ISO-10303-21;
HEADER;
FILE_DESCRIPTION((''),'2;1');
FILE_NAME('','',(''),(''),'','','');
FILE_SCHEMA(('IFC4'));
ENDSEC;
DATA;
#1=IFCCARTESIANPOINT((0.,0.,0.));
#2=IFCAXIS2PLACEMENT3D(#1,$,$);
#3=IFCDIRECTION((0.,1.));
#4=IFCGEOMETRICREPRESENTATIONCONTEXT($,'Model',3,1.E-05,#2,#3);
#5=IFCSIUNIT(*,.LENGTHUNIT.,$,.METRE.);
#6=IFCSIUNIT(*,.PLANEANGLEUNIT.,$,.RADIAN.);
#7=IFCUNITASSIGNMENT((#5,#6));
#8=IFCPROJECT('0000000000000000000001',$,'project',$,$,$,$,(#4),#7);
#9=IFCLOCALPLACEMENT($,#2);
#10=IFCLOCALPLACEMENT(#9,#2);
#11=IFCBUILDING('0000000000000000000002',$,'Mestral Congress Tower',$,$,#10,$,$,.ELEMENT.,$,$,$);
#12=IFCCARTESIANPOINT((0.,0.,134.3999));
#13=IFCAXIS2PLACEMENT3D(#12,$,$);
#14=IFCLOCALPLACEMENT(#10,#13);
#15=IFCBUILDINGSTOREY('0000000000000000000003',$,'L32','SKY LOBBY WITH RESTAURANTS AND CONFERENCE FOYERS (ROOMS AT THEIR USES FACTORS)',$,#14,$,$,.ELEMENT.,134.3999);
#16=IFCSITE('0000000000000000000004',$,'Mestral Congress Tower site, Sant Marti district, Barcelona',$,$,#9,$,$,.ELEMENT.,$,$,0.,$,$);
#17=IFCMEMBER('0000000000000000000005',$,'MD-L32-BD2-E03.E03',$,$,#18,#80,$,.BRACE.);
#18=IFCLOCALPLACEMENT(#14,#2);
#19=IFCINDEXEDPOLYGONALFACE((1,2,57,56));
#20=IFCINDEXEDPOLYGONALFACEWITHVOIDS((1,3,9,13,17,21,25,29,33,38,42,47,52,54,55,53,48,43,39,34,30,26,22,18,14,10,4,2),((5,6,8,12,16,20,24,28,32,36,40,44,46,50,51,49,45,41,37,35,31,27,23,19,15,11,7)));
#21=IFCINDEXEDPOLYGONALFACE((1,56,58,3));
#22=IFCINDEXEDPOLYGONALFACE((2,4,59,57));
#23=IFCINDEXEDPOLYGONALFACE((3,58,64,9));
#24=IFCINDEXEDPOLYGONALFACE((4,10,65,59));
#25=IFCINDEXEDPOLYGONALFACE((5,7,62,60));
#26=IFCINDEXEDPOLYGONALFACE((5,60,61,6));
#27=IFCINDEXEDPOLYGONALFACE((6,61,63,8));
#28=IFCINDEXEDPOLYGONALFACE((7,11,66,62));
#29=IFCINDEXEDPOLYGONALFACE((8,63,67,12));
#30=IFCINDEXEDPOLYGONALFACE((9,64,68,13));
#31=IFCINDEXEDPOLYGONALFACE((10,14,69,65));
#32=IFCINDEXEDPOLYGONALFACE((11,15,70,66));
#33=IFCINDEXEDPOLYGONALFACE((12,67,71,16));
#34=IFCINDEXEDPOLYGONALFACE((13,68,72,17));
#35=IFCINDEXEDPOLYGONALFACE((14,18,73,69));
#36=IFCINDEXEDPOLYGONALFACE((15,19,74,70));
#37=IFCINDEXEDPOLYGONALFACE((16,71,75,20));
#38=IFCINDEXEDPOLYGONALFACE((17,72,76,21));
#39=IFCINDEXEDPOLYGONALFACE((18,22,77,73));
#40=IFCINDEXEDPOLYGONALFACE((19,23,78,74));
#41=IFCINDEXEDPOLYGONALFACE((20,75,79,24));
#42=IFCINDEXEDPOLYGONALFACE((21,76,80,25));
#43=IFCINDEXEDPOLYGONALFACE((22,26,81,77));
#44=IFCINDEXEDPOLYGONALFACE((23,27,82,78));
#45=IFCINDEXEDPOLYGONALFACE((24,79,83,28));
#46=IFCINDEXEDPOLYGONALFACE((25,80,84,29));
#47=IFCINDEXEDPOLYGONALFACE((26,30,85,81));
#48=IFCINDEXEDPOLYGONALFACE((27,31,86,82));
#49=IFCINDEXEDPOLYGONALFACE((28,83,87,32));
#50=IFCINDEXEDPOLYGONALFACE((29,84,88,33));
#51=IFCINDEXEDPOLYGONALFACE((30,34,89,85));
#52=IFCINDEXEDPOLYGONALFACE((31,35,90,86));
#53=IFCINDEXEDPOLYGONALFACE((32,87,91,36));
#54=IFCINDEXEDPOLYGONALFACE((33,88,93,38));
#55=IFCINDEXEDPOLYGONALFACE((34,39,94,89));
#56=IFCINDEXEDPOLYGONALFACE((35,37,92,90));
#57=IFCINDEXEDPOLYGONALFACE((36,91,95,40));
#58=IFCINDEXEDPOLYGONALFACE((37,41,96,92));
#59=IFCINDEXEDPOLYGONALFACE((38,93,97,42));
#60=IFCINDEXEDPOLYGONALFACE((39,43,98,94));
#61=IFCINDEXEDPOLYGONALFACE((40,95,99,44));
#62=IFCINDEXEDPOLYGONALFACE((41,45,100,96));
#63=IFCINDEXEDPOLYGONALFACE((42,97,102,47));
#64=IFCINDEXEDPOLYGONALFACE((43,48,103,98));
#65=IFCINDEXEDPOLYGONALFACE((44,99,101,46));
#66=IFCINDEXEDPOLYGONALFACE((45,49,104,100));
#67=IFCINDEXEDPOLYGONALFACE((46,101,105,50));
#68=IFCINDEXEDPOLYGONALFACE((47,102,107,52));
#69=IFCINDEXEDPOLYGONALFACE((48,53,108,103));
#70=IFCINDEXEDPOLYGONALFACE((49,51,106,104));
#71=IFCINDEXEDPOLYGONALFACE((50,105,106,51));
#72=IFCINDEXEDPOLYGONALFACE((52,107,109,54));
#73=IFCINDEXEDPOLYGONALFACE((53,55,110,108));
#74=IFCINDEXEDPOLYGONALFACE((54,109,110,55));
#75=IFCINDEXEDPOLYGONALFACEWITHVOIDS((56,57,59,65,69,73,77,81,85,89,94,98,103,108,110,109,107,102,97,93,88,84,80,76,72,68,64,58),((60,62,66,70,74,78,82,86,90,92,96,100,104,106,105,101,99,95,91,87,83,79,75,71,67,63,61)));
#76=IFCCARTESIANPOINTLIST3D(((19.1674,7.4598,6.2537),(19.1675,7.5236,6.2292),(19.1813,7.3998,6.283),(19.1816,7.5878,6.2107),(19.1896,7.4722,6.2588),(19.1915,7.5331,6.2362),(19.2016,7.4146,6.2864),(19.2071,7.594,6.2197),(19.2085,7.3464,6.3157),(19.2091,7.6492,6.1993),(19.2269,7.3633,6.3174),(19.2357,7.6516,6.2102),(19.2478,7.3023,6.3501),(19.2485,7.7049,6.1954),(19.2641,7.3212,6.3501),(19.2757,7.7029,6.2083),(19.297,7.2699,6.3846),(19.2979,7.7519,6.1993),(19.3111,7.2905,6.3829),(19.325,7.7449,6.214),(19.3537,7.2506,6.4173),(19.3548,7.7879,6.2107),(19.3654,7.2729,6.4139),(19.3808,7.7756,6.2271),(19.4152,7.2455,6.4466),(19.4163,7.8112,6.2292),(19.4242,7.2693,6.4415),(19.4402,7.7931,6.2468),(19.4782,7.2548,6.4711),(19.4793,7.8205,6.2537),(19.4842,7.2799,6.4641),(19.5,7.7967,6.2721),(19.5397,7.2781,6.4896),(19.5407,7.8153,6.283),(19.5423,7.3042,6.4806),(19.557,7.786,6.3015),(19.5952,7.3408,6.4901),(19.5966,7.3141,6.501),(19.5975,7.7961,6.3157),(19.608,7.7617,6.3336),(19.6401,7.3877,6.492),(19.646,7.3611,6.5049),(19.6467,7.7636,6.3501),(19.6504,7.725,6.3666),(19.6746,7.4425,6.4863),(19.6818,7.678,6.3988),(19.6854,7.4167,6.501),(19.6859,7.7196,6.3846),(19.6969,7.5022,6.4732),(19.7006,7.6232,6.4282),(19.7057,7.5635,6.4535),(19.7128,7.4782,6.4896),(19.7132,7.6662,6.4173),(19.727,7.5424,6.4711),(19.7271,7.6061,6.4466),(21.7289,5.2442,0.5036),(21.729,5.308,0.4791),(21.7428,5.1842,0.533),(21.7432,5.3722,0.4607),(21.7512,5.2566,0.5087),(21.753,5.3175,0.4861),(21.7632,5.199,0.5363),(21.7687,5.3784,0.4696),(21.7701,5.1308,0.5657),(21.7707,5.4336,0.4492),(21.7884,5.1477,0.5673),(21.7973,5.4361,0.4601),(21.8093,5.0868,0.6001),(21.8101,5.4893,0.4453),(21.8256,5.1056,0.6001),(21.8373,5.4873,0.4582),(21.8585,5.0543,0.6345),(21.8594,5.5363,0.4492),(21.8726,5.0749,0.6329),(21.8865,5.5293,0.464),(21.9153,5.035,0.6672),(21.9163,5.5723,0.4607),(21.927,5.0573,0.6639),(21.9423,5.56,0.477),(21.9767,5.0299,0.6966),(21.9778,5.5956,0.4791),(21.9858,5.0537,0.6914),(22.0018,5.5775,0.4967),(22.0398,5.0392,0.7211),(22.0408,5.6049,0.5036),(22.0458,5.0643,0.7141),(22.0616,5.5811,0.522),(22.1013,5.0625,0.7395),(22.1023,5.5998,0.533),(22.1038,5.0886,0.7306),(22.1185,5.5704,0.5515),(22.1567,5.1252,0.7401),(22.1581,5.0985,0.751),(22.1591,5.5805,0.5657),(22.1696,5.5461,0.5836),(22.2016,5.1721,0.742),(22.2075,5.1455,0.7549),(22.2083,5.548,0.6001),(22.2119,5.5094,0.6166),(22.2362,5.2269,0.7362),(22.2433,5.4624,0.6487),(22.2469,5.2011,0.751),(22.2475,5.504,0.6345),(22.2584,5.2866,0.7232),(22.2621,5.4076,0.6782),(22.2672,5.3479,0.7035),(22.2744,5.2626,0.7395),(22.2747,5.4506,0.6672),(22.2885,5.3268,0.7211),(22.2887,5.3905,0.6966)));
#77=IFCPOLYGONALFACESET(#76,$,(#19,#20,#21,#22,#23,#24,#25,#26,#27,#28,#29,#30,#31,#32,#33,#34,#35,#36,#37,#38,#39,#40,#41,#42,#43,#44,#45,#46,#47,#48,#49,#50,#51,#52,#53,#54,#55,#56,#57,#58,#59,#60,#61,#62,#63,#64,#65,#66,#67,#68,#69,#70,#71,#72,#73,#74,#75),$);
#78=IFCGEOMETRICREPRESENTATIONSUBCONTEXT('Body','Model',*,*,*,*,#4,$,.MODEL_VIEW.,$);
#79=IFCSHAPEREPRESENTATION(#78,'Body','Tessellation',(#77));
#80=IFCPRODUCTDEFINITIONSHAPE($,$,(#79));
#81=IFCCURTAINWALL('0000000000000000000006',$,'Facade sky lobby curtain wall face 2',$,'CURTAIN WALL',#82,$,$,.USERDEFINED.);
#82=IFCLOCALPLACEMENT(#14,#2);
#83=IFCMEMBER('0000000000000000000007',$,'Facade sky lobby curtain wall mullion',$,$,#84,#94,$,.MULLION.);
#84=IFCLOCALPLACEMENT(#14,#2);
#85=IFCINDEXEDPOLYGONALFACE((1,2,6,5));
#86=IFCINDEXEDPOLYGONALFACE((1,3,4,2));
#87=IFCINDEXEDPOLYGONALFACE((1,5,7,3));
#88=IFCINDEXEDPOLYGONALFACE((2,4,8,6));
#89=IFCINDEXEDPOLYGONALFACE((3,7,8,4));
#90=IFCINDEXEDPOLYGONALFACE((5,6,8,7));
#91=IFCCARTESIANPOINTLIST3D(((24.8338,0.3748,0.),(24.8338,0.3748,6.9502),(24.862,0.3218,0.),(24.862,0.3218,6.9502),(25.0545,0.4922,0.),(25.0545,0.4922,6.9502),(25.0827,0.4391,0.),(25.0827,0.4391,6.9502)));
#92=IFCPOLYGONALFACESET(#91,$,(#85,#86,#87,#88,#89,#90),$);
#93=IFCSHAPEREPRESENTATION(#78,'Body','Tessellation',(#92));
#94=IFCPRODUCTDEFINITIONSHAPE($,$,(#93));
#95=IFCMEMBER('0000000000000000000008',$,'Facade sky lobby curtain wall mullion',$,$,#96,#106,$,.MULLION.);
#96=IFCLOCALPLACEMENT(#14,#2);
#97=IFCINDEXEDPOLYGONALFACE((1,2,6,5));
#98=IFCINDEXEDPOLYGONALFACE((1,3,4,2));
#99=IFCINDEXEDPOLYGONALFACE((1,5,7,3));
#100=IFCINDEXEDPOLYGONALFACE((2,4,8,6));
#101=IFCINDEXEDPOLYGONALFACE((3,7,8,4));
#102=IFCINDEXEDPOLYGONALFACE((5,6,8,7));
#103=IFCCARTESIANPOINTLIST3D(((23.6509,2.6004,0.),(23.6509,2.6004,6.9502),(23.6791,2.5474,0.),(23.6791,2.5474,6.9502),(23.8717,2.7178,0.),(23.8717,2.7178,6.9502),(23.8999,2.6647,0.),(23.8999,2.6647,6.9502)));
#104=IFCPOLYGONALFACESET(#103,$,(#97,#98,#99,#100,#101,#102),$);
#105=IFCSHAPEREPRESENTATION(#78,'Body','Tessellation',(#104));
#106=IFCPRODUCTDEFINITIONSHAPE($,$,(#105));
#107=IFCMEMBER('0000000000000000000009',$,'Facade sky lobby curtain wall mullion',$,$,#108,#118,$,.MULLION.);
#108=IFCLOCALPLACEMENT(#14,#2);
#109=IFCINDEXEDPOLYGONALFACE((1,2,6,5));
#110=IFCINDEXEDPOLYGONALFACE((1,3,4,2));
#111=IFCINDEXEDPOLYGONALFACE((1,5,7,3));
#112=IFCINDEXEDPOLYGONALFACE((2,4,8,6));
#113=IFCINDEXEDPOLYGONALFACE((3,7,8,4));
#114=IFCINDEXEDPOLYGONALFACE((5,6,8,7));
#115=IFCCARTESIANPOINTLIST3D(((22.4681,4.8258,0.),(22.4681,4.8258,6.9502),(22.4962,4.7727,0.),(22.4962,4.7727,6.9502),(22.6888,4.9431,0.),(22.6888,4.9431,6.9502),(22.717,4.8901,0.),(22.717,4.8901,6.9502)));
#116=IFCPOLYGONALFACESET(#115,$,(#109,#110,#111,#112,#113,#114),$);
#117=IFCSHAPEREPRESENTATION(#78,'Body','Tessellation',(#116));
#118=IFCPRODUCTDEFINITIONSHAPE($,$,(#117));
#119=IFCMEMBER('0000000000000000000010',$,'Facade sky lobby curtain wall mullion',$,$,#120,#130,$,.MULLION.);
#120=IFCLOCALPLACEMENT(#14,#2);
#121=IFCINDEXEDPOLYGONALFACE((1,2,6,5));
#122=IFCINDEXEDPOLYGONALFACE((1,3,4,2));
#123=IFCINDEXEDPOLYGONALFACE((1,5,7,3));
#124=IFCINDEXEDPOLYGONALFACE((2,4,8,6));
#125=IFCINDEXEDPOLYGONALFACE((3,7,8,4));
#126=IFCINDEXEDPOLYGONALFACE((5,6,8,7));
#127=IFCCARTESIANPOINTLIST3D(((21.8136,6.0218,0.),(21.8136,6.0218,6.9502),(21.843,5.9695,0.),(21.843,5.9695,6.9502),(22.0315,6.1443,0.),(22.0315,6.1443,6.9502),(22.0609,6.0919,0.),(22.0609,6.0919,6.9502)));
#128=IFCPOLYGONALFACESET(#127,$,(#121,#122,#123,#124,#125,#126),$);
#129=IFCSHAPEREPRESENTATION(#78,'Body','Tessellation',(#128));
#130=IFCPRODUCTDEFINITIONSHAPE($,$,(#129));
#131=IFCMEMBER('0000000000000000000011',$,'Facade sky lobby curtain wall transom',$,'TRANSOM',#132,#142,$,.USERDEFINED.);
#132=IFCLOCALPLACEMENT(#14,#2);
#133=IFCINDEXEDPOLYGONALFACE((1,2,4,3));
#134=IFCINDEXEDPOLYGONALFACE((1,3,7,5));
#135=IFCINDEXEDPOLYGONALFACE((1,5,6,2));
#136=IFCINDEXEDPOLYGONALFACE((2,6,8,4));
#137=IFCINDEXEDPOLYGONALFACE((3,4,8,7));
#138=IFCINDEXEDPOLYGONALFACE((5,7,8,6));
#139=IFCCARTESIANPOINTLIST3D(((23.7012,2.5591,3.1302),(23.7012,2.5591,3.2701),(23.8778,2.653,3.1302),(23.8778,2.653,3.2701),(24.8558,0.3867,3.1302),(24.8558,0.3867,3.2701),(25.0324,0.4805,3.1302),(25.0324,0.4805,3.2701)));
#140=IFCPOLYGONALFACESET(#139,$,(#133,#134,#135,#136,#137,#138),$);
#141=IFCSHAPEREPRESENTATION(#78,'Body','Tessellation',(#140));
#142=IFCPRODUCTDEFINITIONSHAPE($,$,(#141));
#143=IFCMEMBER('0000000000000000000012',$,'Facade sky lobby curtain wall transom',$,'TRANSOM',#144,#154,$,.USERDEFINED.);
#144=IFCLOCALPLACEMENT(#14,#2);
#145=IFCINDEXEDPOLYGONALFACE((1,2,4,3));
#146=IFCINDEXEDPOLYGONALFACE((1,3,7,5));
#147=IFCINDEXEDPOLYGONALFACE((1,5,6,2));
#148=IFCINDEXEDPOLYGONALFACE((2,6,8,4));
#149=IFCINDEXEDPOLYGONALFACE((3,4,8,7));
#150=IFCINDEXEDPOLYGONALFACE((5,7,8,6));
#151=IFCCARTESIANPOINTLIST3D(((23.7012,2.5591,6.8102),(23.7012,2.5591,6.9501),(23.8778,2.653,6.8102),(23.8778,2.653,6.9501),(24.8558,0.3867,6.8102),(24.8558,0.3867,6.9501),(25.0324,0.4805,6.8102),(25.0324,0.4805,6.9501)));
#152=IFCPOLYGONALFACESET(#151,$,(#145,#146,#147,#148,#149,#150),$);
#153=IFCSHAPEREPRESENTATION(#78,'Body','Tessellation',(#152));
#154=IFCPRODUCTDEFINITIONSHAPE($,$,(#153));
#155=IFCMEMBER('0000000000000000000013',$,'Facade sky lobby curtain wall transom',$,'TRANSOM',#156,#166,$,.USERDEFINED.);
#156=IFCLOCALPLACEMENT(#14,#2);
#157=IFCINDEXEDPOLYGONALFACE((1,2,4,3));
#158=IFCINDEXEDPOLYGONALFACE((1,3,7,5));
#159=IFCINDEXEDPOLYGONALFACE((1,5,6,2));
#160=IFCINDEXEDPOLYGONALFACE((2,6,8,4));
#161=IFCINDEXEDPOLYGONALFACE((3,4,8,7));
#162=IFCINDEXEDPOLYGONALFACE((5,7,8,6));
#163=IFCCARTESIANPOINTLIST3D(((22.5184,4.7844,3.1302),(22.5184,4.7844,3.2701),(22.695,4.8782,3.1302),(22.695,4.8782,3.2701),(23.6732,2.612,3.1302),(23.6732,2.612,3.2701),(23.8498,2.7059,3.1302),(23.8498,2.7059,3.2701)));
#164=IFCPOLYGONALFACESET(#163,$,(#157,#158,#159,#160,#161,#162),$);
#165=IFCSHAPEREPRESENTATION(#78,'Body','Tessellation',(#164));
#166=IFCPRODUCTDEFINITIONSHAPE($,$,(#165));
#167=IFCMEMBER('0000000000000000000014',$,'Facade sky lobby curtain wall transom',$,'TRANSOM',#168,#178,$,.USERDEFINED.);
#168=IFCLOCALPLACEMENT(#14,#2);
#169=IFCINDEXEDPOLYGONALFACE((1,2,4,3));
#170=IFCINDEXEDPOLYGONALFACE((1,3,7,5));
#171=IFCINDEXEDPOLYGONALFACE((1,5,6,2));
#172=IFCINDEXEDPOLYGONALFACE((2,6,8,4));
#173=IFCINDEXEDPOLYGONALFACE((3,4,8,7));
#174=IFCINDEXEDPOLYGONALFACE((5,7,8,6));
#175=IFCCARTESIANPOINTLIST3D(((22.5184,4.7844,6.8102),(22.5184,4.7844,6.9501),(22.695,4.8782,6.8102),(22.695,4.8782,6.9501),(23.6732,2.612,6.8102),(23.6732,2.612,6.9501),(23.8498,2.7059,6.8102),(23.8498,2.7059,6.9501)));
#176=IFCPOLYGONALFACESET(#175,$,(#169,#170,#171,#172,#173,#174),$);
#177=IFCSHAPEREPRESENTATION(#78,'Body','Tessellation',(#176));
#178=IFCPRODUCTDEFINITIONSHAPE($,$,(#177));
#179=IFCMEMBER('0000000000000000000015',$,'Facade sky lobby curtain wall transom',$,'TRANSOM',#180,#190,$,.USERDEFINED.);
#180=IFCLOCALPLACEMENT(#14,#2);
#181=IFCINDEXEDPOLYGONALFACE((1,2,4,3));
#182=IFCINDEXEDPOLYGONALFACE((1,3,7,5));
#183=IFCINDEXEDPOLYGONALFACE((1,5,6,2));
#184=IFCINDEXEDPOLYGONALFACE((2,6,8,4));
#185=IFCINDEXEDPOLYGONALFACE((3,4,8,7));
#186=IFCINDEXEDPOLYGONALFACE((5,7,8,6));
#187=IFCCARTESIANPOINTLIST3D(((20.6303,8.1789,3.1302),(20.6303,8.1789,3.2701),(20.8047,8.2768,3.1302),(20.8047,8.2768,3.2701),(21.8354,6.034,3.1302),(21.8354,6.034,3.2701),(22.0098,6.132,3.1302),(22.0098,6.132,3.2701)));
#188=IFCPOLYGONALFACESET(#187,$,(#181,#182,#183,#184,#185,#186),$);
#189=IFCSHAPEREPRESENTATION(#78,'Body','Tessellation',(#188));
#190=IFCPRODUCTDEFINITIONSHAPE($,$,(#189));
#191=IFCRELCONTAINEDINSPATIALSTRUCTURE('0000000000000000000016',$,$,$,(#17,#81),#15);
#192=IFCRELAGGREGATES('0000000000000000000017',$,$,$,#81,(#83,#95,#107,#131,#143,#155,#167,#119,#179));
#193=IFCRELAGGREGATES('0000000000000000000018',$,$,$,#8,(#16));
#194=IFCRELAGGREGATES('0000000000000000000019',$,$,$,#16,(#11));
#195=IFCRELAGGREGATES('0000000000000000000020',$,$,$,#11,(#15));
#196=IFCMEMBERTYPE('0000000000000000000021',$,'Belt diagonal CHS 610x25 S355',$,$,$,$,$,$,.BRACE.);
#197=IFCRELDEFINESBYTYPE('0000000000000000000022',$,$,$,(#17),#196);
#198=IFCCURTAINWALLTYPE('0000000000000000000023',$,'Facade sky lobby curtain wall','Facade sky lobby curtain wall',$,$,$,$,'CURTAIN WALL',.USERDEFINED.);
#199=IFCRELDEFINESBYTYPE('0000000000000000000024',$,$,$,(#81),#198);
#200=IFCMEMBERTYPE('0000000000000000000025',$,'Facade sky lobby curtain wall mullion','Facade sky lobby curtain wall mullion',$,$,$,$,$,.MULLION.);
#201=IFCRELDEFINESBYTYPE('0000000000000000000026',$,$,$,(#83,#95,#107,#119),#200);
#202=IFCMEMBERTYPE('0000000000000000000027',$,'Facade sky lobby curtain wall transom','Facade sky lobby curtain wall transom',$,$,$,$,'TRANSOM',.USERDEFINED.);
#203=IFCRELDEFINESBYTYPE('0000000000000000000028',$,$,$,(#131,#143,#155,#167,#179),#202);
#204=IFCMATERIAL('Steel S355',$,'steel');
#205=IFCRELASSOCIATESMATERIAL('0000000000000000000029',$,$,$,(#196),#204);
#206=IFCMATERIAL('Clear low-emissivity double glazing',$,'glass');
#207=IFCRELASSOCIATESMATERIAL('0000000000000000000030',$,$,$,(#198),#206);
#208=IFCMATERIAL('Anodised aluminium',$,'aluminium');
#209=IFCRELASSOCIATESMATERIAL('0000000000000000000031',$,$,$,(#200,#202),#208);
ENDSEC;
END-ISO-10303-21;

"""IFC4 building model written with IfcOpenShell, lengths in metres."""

from ifc_helpers import new_model, si_unit, direction, frame, origin, origin_2d, place, context, subcontext, project, spatial, rectangle, hollow_circle, extrude, material, material_profile, profile_set, type_object, element, aggregate, save


model = new_model("IFC4")

# Units and contexts
model_context = context("Model", 3, precision=1e-05, world=origin(), true_north=direction((0.0, 1.0)))
body_context = subcontext(model_context, "Body", "Model", "MODEL_VIEW")
ifc_project = project(units=[si_unit("LENGTHUNIT", "METRE"), si_unit("PLANEANGLEUNIT", "RADIAN")], contexts=[model_context])

# Site, building, storey
site_placement = place(None, origin())
site = spatial("IfcSite", under=ifc_project, at=site_placement, Name="Mestral Congress Tower site, Sant Marti district, Barcelona", CompositionType="ELEMENT", RefElevation=0.0)
building_placement = place(site_placement, origin())
building = spatial("IfcBuilding", under=site, at=building_placement, Name="Mestral Congress Tower", CompositionType="ELEMENT")
storey_placement = place(building_placement, frame((0.0, 0.0, 134.3999)))
storey = spatial("IfcBuildingStorey", under=building, at=storey_placement, Name="L32", Description="SKY LOBBY WITH RESTAURANTS AND CONFERENCE FOYERS (ROOMS AT THEIR USES FACTORS)", CompositionType="ELEMENT", Elevation=134.3999)

# Member
ifc_material_1 = material(Name="Steel S355", Category="steel")
ifc_material_profile_1 = material_profile(ifc_material_1, hollow_circle(Radius=0.3049, WallThickness=0.0249, at=origin_2d()), Name="CHS 610x25")
ifc_profile_set_1 = profile_set([ifc_material_profile_1], Name="Steel S355")
member_type_1 = type_object("IfcMemberType", Name="Belt diagonal CHS 610x25 S355", PredefinedType="BRACE", material=ifc_profile_set_1)
member_1_placement = place(storey_placement, frame((22.0088, 5.3174, 0.6001), z_axis=(-0.383848, 0.332007, 0.861645), x_axis=(-0.654186, -0.756333, 0.0)))
element("IfcMember", 1, at=member_1_placement, inside=storey, type_object=member_type_1, Name="MD-L32-BD2-E03.E03", PredefinedType="BRACE", context=body_context, shape_type="SweptSolid", body=[
    extrude(hollow_circle(Radius=0.3049, WallThickness=0.0249, at=origin_2d()), origin(), (0.0, 0.0, 1.0), 6.6733),
])

# Curtain wall, members
ifc_material_2 = material(Name="Clear low-emissivity double glazing", Category="glass")
curtain_wall_type = type_object("IfcCurtainWallType", Name="Facade sky lobby curtain wall", Description="Facade sky lobby curtain wall", ElementType="CURTAIN WALL", PredefinedType="USERDEFINED", material=ifc_material_2)
curtain_wall_placement = place(storey_placement, origin())
curtain_wall = element("IfcCurtainWall", 2, at=curtain_wall_placement, inside=storey, type_object=curtain_wall_type, Name="Facade sky lobby curtain wall face 2", ObjectType="CURTAIN WALL", PredefinedType="USERDEFINED")
ifc_material_3 = material(Name="Anodised aluminium", Category="aluminium")
ifc_material_profile_2 = material_profile(ifc_material_3, rectangle(XDim=0.25, YDim=0.0601, at=origin_2d()), Name="CW1 mullion 250 x 60")
ifc_profile_set_2 = profile_set([ifc_material_profile_2], Name="Anodised aluminium")
member_type_2 = type_object("IfcMemberType", Name="Facade sky lobby curtain wall mullion", Description="Facade sky lobby curtain wall mullion", PredefinedType="MULLION", material=ifc_profile_set_2)
member_2_placement = place(storey_placement, frame((24.9583, 0.407, 0.0), z_axis=(0.0, 0.0, 1.0), x_axis=(0.883025, 0.469327, 0.0)))
member_2 = element("IfcMember", 3, at=member_2_placement, type_object=member_type_2, Name="Facade sky lobby curtain wall mullion", PredefinedType="MULLION", context=body_context, shape_type="SweptSolid", body=[
    extrude(rectangle(XDim=0.25, YDim=0.0601, at=origin_2d()), origin(), (0.0, 0.0, 1.0), 6.9502),
])
member_3_placement = place(storey_placement, frame((23.7754, 2.6326, 0.0), z_axis=(0.0, 0.0, 1.0), x_axis=(0.883025, 0.469327, 0.0)))
member_3 = element("IfcMember", 4, at=member_3_placement, type_object=member_type_2, Name="Facade sky lobby curtain wall mullion", PredefinedType="MULLION", context=body_context, shape_type="SweptSolid", body=[
    extrude(rectangle(XDim=0.25, YDim=0.0601, at=origin_2d()), origin(), (0.0, 0.0, 1.0), 6.9502),
])
member_4_placement = place(storey_placement, frame((22.5925, 4.8579, 0.0), z_axis=(0.0, 0.0, 1.0), x_axis=(0.883025, 0.469327, 0.0)))
member_4 = element("IfcMember", 5, at=member_4_placement, type_object=member_type_2, Name="Facade sky lobby curtain wall mullion", PredefinedType="MULLION", context=body_context, shape_type="SweptSolid", body=[
    extrude(rectangle(XDim=0.25, YDim=0.0601, at=origin_2d()), origin(), (0.0, 0.0, 1.0), 6.9502),
])
member_5_placement = place(storey_placement, frame((21.9373, 6.0569, 0.0), z_axis=(0.0, 0.0, 1.0), x_axis=(0.871815, 0.489836, 0.0)))
member_5 = element("IfcMember", 6, at=member_5_placement, type_object=member_type_2, Name="Facade sky lobby curtain wall mullion", PredefinedType="MULLION", context=body_context, shape_type="SweptSolid", body=[
    extrude(rectangle(XDim=0.25, YDim=0.0601, at=origin_2d()), origin(), (0.0, 0.0, 1.0), 6.9502),
])
ifc_material_profile_3 = material_profile(ifc_material_3, rectangle(XDim=0.2, YDim=0.1399, at=origin_2d()), Name="CW1 transom 200 x 140")
ifc_profile_set_3 = profile_set([ifc_material_profile_3], Name="Anodised aluminium")
member_type_3 = type_object("IfcMemberType", Name="Facade sky lobby curtain wall transom", Description="Facade sky lobby curtain wall transom", ElementType="TRANSOM", PredefinedType="USERDEFINED", material=ifc_profile_set_3)
member_6_placement = place(storey_placement, frame((24.9441, 0.4336, 3.2002), z_axis=(-0.469305, 0.883036, 0.0), x_axis=(-0.883036, -0.469305, 0.0)))
member_6 = element("IfcMember", 7, at=member_6_placement, type_object=member_type_3, Name="Facade sky lobby curtain wall transom", ObjectType="TRANSOM", PredefinedType="USERDEFINED", context=body_context, shape_type="SweptSolid", body=[
    extrude(rectangle(XDim=0.2, YDim=0.1399, at=origin_2d()), origin(), (0.0, 0.0, 1.0), 2.4602),
])
member_7_placement = place(storey_placement, frame((24.9441, 0.4336, 6.8801), z_axis=(-0.469305, 0.883036, 0.0), x_axis=(-0.883036, -0.469305, 0.0)))
member_7 = element("IfcMember", 8, at=member_7_placement, type_object=member_type_3, Name="Facade sky lobby curtain wall transom", ObjectType="TRANSOM", PredefinedType="USERDEFINED", context=body_context, shape_type="SweptSolid", body=[
    extrude(rectangle(XDim=0.2, YDim=0.1399, at=origin_2d()), origin(), (0.0, 0.0, 1.0), 2.4602),
])
member_8_placement = place(storey_placement, frame((23.7615, 2.6589, 3.2002), z_axis=(-0.469383, 0.882995, 0.0), x_axis=(-0.882995, -0.469383, 0.0)))
member_8 = element("IfcMember", 9, at=member_8_placement, type_object=member_type_3, Name="Facade sky lobby curtain wall transom", ObjectType="TRANSOM", PredefinedType="USERDEFINED", context=body_context, shape_type="SweptSolid", body=[
    extrude(rectangle(XDim=0.2, YDim=0.1399, at=origin_2d()), origin(), (0.0, 0.0, 1.0), 2.4602),
])
member_9_placement = place(storey_placement, frame((23.7615, 2.6589, 6.8801), z_axis=(-0.469383, 0.882995, 0.0), x_axis=(-0.882995, -0.469383, 0.0)))
member_9 = element("IfcMember", 10, at=member_9_placement, type_object=member_type_3, Name="Facade sky lobby curtain wall transom", ObjectType="TRANSOM", PredefinedType="USERDEFINED", context=body_context, shape_type="SweptSolid", body=[
    extrude(rectangle(XDim=0.2, YDim=0.1399, at=origin_2d()), origin(), (0.0, 0.0, 1.0), 2.4602),
])
member_10_placement = place(storey_placement, frame((21.9226, 6.083, 3.2002), z_axis=(-0.489842, 0.871811, 0.0), x_axis=(-0.871811, -0.489842, 0.0)))
member_10 = element("IfcMember", 11, at=member_10_placement, type_object=member_type_3, Name="Facade sky lobby curtain wall transom", ObjectType="TRANSOM", PredefinedType="USERDEFINED", context=body_context, shape_type="SweptSolid", body=[
    extrude(rectangle(XDim=0.2, YDim=0.1399, at=origin_2d()), origin(), (0.0, 0.0, 1.0), 2.4602),
])

aggregate(curtain_wall, [member_2, member_3, member_4, member_6, member_7, member_8, member_9, member_5, member_10])

save(model, "model.ifc")
